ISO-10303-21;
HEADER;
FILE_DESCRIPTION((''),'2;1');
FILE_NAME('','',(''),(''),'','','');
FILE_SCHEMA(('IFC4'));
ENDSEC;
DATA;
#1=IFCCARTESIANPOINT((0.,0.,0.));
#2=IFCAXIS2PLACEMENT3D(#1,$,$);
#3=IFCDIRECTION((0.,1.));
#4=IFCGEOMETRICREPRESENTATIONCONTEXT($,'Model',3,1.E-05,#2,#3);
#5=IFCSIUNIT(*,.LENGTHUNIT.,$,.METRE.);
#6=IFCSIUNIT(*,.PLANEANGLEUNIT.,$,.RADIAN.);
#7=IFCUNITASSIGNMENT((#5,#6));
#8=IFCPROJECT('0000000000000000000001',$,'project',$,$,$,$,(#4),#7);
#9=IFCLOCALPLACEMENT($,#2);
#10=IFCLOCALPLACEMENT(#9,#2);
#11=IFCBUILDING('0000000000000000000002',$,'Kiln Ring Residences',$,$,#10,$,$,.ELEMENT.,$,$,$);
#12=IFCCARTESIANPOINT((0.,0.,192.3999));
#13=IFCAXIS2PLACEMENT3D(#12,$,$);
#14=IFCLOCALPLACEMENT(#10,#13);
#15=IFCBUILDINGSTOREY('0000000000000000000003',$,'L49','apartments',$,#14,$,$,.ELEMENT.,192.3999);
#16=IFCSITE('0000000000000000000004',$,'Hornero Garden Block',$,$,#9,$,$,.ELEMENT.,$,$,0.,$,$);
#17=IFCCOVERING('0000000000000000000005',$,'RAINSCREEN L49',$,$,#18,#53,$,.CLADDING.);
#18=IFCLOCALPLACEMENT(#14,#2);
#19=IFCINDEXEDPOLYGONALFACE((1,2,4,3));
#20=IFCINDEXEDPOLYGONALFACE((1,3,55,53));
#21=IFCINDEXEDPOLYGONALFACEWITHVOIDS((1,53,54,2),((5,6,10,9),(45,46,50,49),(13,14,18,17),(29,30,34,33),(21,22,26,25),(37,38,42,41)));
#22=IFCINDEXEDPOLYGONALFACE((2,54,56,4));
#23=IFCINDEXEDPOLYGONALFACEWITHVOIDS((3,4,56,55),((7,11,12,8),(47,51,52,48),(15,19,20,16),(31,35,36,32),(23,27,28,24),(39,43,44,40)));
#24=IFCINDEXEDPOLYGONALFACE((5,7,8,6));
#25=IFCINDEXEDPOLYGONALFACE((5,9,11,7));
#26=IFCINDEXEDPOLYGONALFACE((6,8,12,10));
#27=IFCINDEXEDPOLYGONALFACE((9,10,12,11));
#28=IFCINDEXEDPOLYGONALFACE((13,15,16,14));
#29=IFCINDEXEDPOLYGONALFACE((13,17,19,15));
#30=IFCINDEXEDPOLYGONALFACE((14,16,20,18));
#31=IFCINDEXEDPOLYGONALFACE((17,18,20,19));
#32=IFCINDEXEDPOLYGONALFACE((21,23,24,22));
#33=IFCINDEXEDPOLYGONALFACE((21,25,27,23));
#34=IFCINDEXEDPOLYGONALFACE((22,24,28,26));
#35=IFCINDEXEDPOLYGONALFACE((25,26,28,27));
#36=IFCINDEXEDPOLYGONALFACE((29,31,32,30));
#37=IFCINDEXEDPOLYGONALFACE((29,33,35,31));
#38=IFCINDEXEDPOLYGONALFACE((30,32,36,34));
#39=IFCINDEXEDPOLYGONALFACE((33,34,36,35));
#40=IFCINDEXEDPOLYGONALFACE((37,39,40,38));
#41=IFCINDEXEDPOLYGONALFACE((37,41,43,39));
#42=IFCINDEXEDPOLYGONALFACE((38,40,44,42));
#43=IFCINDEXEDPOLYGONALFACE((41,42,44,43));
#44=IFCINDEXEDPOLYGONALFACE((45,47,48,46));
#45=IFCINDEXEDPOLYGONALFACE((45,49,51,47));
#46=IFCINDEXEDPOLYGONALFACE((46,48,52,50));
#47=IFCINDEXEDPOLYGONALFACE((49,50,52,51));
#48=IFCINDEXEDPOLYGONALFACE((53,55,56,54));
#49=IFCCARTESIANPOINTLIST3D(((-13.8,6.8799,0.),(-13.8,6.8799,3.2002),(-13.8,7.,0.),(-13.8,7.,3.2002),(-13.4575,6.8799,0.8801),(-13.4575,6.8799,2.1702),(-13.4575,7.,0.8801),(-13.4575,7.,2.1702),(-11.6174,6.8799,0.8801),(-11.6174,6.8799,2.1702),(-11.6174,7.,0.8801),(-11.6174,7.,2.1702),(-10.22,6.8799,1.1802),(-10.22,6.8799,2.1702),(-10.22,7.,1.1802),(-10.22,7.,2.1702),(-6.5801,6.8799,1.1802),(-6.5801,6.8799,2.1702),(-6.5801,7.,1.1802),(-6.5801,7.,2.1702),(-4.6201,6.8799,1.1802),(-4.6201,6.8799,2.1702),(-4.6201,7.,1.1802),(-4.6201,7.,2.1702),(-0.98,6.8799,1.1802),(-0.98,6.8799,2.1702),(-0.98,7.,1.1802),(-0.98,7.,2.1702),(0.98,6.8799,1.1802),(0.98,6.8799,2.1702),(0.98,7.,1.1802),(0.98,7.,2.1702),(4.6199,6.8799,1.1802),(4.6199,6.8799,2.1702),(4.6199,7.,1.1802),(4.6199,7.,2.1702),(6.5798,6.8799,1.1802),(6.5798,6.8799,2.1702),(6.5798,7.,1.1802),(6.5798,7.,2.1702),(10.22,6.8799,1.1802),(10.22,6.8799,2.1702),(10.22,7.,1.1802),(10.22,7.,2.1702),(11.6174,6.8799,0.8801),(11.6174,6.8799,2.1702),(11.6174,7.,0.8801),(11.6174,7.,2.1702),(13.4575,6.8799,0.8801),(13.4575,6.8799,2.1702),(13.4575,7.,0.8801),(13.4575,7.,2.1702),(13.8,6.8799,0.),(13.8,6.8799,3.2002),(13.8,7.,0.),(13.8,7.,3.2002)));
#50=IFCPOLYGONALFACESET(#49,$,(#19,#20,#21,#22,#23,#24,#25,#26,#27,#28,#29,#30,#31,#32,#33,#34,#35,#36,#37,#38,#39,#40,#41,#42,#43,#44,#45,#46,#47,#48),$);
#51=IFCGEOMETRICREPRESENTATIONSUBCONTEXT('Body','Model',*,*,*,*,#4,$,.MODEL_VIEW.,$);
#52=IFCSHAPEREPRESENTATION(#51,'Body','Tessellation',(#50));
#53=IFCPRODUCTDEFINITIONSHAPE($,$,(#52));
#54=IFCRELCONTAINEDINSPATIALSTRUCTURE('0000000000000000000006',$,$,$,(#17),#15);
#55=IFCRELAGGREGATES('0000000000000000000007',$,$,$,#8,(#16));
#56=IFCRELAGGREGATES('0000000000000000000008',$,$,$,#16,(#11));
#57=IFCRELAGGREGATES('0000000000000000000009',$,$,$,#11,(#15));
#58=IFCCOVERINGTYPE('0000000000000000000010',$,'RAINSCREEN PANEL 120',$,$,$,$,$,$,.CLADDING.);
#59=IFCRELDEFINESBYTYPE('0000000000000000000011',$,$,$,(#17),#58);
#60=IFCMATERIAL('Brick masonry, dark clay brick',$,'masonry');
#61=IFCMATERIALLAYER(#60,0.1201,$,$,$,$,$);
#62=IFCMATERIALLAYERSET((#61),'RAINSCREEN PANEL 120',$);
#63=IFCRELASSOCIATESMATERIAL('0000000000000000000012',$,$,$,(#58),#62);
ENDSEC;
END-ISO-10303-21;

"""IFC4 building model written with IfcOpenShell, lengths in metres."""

from ifc_helpers import new_model, si_unit, direction, frame, origin, place, context, subcontext, project, spatial, polyline, outline, extrude, material, layer, layer_set, type_object, element, save


model = new_model("IFC4")

# Units and contexts
model_context = context("Model", 3, precision=1e-05, world=origin(), true_north=direction((0.0, 1.0)))
body_context = subcontext(model_context, "Body", "Model", "MODEL_VIEW")
ifc_project = project(units=[si_unit("LENGTHUNIT", "METRE"), si_unit("PLANEANGLEUNIT", "RADIAN")], contexts=[model_context])

# Site, building, storey
site_placement = place(None, origin())
site = spatial("IfcSite", under=ifc_project, at=site_placement, Name="Hornero Garden Block", CompositionType="ELEMENT", RefElevation=0.0)
building_placement = place(site_placement, origin())
building = spatial("IfcBuilding", under=site, at=building_placement, Name="Kiln Ring Residences", CompositionType="ELEMENT")
storey_placement = place(building_placement, frame((0.0, 0.0, 192.3999)))
storey = spatial("IfcBuildingStorey", under=building, at=storey_placement, Name="L49", Description="apartments", CompositionType="ELEMENT", Elevation=192.3999)

# Covering
ifc_material_1 = material(Name="Brick masonry, dark clay brick", Category="masonry")
ifc_layer_1 = layer(ifc_material_1, 0.1201)
ifc_layer_set_1 = layer_set([ifc_layer_1], Name="RAINSCREEN PANEL 120")
covering_type = type_object("IfcCoveringType", Name="RAINSCREEN PANEL 120", PredefinedType="CLADDING", material=ifc_layer_set_1)
covering_placement = place(storey_placement, frame((-13.8, 6.9399, 0.0), z_axis=(0.0, 0.0, 1.0), x_axis=(1.0, 0.0, 0.0)))
element("IfcCovering", 1, at=covering_placement, inside=storey, type_object=covering_type, Name="RAINSCREEN L49", PredefinedType="CLADDING", context=body_context, shape_type="SweptSolid", body=[
    extrude(outline(polyline([(0.0, 0.0), (27.6001, 0.0), (27.6001, 3.2002), (0.0, 3.2002), (0.0, 0.0)]), holes=[polyline([(2.1826, 0.8801), (2.1826, 2.1702), (0.3425, 2.1702), (0.3425, 0.8801), (2.1826, 0.8801)]), polyline([(25.4175, 0.8801), (27.2576, 0.8801), (27.2576, 2.1702), (25.4175, 2.1702), (25.4175, 0.8801)]), polyline([(3.5801, 1.1802), (7.22, 1.1802), (7.22, 2.1702), (3.5801, 2.1702), (3.5801, 1.1802)]), polyline([(12.8201, 1.1802), (12.8201, 2.1702), (9.1799, 2.1702), (9.1799, 1.1802), (12.8201, 1.1802)]), polyline([(14.78, 1.1802), (18.4199, 1.1802), (18.4199, 2.1702), (14.78, 2.1702), (14.78, 1.1802)]), polyline([(20.3799, 1.1802), (24.02, 1.1802), (24.02, 2.1702), (20.3799, 2.1702), (20.3799, 1.1802)])]), frame((0.0, 0.0601, 0.0), z_axis=(0.0, -1.0, 0.0), x_axis=(1.0, 0.0, 0.0)), (0.0, 0.0, 1.0), 0.1201),
])

save(model, "model.ifc")
